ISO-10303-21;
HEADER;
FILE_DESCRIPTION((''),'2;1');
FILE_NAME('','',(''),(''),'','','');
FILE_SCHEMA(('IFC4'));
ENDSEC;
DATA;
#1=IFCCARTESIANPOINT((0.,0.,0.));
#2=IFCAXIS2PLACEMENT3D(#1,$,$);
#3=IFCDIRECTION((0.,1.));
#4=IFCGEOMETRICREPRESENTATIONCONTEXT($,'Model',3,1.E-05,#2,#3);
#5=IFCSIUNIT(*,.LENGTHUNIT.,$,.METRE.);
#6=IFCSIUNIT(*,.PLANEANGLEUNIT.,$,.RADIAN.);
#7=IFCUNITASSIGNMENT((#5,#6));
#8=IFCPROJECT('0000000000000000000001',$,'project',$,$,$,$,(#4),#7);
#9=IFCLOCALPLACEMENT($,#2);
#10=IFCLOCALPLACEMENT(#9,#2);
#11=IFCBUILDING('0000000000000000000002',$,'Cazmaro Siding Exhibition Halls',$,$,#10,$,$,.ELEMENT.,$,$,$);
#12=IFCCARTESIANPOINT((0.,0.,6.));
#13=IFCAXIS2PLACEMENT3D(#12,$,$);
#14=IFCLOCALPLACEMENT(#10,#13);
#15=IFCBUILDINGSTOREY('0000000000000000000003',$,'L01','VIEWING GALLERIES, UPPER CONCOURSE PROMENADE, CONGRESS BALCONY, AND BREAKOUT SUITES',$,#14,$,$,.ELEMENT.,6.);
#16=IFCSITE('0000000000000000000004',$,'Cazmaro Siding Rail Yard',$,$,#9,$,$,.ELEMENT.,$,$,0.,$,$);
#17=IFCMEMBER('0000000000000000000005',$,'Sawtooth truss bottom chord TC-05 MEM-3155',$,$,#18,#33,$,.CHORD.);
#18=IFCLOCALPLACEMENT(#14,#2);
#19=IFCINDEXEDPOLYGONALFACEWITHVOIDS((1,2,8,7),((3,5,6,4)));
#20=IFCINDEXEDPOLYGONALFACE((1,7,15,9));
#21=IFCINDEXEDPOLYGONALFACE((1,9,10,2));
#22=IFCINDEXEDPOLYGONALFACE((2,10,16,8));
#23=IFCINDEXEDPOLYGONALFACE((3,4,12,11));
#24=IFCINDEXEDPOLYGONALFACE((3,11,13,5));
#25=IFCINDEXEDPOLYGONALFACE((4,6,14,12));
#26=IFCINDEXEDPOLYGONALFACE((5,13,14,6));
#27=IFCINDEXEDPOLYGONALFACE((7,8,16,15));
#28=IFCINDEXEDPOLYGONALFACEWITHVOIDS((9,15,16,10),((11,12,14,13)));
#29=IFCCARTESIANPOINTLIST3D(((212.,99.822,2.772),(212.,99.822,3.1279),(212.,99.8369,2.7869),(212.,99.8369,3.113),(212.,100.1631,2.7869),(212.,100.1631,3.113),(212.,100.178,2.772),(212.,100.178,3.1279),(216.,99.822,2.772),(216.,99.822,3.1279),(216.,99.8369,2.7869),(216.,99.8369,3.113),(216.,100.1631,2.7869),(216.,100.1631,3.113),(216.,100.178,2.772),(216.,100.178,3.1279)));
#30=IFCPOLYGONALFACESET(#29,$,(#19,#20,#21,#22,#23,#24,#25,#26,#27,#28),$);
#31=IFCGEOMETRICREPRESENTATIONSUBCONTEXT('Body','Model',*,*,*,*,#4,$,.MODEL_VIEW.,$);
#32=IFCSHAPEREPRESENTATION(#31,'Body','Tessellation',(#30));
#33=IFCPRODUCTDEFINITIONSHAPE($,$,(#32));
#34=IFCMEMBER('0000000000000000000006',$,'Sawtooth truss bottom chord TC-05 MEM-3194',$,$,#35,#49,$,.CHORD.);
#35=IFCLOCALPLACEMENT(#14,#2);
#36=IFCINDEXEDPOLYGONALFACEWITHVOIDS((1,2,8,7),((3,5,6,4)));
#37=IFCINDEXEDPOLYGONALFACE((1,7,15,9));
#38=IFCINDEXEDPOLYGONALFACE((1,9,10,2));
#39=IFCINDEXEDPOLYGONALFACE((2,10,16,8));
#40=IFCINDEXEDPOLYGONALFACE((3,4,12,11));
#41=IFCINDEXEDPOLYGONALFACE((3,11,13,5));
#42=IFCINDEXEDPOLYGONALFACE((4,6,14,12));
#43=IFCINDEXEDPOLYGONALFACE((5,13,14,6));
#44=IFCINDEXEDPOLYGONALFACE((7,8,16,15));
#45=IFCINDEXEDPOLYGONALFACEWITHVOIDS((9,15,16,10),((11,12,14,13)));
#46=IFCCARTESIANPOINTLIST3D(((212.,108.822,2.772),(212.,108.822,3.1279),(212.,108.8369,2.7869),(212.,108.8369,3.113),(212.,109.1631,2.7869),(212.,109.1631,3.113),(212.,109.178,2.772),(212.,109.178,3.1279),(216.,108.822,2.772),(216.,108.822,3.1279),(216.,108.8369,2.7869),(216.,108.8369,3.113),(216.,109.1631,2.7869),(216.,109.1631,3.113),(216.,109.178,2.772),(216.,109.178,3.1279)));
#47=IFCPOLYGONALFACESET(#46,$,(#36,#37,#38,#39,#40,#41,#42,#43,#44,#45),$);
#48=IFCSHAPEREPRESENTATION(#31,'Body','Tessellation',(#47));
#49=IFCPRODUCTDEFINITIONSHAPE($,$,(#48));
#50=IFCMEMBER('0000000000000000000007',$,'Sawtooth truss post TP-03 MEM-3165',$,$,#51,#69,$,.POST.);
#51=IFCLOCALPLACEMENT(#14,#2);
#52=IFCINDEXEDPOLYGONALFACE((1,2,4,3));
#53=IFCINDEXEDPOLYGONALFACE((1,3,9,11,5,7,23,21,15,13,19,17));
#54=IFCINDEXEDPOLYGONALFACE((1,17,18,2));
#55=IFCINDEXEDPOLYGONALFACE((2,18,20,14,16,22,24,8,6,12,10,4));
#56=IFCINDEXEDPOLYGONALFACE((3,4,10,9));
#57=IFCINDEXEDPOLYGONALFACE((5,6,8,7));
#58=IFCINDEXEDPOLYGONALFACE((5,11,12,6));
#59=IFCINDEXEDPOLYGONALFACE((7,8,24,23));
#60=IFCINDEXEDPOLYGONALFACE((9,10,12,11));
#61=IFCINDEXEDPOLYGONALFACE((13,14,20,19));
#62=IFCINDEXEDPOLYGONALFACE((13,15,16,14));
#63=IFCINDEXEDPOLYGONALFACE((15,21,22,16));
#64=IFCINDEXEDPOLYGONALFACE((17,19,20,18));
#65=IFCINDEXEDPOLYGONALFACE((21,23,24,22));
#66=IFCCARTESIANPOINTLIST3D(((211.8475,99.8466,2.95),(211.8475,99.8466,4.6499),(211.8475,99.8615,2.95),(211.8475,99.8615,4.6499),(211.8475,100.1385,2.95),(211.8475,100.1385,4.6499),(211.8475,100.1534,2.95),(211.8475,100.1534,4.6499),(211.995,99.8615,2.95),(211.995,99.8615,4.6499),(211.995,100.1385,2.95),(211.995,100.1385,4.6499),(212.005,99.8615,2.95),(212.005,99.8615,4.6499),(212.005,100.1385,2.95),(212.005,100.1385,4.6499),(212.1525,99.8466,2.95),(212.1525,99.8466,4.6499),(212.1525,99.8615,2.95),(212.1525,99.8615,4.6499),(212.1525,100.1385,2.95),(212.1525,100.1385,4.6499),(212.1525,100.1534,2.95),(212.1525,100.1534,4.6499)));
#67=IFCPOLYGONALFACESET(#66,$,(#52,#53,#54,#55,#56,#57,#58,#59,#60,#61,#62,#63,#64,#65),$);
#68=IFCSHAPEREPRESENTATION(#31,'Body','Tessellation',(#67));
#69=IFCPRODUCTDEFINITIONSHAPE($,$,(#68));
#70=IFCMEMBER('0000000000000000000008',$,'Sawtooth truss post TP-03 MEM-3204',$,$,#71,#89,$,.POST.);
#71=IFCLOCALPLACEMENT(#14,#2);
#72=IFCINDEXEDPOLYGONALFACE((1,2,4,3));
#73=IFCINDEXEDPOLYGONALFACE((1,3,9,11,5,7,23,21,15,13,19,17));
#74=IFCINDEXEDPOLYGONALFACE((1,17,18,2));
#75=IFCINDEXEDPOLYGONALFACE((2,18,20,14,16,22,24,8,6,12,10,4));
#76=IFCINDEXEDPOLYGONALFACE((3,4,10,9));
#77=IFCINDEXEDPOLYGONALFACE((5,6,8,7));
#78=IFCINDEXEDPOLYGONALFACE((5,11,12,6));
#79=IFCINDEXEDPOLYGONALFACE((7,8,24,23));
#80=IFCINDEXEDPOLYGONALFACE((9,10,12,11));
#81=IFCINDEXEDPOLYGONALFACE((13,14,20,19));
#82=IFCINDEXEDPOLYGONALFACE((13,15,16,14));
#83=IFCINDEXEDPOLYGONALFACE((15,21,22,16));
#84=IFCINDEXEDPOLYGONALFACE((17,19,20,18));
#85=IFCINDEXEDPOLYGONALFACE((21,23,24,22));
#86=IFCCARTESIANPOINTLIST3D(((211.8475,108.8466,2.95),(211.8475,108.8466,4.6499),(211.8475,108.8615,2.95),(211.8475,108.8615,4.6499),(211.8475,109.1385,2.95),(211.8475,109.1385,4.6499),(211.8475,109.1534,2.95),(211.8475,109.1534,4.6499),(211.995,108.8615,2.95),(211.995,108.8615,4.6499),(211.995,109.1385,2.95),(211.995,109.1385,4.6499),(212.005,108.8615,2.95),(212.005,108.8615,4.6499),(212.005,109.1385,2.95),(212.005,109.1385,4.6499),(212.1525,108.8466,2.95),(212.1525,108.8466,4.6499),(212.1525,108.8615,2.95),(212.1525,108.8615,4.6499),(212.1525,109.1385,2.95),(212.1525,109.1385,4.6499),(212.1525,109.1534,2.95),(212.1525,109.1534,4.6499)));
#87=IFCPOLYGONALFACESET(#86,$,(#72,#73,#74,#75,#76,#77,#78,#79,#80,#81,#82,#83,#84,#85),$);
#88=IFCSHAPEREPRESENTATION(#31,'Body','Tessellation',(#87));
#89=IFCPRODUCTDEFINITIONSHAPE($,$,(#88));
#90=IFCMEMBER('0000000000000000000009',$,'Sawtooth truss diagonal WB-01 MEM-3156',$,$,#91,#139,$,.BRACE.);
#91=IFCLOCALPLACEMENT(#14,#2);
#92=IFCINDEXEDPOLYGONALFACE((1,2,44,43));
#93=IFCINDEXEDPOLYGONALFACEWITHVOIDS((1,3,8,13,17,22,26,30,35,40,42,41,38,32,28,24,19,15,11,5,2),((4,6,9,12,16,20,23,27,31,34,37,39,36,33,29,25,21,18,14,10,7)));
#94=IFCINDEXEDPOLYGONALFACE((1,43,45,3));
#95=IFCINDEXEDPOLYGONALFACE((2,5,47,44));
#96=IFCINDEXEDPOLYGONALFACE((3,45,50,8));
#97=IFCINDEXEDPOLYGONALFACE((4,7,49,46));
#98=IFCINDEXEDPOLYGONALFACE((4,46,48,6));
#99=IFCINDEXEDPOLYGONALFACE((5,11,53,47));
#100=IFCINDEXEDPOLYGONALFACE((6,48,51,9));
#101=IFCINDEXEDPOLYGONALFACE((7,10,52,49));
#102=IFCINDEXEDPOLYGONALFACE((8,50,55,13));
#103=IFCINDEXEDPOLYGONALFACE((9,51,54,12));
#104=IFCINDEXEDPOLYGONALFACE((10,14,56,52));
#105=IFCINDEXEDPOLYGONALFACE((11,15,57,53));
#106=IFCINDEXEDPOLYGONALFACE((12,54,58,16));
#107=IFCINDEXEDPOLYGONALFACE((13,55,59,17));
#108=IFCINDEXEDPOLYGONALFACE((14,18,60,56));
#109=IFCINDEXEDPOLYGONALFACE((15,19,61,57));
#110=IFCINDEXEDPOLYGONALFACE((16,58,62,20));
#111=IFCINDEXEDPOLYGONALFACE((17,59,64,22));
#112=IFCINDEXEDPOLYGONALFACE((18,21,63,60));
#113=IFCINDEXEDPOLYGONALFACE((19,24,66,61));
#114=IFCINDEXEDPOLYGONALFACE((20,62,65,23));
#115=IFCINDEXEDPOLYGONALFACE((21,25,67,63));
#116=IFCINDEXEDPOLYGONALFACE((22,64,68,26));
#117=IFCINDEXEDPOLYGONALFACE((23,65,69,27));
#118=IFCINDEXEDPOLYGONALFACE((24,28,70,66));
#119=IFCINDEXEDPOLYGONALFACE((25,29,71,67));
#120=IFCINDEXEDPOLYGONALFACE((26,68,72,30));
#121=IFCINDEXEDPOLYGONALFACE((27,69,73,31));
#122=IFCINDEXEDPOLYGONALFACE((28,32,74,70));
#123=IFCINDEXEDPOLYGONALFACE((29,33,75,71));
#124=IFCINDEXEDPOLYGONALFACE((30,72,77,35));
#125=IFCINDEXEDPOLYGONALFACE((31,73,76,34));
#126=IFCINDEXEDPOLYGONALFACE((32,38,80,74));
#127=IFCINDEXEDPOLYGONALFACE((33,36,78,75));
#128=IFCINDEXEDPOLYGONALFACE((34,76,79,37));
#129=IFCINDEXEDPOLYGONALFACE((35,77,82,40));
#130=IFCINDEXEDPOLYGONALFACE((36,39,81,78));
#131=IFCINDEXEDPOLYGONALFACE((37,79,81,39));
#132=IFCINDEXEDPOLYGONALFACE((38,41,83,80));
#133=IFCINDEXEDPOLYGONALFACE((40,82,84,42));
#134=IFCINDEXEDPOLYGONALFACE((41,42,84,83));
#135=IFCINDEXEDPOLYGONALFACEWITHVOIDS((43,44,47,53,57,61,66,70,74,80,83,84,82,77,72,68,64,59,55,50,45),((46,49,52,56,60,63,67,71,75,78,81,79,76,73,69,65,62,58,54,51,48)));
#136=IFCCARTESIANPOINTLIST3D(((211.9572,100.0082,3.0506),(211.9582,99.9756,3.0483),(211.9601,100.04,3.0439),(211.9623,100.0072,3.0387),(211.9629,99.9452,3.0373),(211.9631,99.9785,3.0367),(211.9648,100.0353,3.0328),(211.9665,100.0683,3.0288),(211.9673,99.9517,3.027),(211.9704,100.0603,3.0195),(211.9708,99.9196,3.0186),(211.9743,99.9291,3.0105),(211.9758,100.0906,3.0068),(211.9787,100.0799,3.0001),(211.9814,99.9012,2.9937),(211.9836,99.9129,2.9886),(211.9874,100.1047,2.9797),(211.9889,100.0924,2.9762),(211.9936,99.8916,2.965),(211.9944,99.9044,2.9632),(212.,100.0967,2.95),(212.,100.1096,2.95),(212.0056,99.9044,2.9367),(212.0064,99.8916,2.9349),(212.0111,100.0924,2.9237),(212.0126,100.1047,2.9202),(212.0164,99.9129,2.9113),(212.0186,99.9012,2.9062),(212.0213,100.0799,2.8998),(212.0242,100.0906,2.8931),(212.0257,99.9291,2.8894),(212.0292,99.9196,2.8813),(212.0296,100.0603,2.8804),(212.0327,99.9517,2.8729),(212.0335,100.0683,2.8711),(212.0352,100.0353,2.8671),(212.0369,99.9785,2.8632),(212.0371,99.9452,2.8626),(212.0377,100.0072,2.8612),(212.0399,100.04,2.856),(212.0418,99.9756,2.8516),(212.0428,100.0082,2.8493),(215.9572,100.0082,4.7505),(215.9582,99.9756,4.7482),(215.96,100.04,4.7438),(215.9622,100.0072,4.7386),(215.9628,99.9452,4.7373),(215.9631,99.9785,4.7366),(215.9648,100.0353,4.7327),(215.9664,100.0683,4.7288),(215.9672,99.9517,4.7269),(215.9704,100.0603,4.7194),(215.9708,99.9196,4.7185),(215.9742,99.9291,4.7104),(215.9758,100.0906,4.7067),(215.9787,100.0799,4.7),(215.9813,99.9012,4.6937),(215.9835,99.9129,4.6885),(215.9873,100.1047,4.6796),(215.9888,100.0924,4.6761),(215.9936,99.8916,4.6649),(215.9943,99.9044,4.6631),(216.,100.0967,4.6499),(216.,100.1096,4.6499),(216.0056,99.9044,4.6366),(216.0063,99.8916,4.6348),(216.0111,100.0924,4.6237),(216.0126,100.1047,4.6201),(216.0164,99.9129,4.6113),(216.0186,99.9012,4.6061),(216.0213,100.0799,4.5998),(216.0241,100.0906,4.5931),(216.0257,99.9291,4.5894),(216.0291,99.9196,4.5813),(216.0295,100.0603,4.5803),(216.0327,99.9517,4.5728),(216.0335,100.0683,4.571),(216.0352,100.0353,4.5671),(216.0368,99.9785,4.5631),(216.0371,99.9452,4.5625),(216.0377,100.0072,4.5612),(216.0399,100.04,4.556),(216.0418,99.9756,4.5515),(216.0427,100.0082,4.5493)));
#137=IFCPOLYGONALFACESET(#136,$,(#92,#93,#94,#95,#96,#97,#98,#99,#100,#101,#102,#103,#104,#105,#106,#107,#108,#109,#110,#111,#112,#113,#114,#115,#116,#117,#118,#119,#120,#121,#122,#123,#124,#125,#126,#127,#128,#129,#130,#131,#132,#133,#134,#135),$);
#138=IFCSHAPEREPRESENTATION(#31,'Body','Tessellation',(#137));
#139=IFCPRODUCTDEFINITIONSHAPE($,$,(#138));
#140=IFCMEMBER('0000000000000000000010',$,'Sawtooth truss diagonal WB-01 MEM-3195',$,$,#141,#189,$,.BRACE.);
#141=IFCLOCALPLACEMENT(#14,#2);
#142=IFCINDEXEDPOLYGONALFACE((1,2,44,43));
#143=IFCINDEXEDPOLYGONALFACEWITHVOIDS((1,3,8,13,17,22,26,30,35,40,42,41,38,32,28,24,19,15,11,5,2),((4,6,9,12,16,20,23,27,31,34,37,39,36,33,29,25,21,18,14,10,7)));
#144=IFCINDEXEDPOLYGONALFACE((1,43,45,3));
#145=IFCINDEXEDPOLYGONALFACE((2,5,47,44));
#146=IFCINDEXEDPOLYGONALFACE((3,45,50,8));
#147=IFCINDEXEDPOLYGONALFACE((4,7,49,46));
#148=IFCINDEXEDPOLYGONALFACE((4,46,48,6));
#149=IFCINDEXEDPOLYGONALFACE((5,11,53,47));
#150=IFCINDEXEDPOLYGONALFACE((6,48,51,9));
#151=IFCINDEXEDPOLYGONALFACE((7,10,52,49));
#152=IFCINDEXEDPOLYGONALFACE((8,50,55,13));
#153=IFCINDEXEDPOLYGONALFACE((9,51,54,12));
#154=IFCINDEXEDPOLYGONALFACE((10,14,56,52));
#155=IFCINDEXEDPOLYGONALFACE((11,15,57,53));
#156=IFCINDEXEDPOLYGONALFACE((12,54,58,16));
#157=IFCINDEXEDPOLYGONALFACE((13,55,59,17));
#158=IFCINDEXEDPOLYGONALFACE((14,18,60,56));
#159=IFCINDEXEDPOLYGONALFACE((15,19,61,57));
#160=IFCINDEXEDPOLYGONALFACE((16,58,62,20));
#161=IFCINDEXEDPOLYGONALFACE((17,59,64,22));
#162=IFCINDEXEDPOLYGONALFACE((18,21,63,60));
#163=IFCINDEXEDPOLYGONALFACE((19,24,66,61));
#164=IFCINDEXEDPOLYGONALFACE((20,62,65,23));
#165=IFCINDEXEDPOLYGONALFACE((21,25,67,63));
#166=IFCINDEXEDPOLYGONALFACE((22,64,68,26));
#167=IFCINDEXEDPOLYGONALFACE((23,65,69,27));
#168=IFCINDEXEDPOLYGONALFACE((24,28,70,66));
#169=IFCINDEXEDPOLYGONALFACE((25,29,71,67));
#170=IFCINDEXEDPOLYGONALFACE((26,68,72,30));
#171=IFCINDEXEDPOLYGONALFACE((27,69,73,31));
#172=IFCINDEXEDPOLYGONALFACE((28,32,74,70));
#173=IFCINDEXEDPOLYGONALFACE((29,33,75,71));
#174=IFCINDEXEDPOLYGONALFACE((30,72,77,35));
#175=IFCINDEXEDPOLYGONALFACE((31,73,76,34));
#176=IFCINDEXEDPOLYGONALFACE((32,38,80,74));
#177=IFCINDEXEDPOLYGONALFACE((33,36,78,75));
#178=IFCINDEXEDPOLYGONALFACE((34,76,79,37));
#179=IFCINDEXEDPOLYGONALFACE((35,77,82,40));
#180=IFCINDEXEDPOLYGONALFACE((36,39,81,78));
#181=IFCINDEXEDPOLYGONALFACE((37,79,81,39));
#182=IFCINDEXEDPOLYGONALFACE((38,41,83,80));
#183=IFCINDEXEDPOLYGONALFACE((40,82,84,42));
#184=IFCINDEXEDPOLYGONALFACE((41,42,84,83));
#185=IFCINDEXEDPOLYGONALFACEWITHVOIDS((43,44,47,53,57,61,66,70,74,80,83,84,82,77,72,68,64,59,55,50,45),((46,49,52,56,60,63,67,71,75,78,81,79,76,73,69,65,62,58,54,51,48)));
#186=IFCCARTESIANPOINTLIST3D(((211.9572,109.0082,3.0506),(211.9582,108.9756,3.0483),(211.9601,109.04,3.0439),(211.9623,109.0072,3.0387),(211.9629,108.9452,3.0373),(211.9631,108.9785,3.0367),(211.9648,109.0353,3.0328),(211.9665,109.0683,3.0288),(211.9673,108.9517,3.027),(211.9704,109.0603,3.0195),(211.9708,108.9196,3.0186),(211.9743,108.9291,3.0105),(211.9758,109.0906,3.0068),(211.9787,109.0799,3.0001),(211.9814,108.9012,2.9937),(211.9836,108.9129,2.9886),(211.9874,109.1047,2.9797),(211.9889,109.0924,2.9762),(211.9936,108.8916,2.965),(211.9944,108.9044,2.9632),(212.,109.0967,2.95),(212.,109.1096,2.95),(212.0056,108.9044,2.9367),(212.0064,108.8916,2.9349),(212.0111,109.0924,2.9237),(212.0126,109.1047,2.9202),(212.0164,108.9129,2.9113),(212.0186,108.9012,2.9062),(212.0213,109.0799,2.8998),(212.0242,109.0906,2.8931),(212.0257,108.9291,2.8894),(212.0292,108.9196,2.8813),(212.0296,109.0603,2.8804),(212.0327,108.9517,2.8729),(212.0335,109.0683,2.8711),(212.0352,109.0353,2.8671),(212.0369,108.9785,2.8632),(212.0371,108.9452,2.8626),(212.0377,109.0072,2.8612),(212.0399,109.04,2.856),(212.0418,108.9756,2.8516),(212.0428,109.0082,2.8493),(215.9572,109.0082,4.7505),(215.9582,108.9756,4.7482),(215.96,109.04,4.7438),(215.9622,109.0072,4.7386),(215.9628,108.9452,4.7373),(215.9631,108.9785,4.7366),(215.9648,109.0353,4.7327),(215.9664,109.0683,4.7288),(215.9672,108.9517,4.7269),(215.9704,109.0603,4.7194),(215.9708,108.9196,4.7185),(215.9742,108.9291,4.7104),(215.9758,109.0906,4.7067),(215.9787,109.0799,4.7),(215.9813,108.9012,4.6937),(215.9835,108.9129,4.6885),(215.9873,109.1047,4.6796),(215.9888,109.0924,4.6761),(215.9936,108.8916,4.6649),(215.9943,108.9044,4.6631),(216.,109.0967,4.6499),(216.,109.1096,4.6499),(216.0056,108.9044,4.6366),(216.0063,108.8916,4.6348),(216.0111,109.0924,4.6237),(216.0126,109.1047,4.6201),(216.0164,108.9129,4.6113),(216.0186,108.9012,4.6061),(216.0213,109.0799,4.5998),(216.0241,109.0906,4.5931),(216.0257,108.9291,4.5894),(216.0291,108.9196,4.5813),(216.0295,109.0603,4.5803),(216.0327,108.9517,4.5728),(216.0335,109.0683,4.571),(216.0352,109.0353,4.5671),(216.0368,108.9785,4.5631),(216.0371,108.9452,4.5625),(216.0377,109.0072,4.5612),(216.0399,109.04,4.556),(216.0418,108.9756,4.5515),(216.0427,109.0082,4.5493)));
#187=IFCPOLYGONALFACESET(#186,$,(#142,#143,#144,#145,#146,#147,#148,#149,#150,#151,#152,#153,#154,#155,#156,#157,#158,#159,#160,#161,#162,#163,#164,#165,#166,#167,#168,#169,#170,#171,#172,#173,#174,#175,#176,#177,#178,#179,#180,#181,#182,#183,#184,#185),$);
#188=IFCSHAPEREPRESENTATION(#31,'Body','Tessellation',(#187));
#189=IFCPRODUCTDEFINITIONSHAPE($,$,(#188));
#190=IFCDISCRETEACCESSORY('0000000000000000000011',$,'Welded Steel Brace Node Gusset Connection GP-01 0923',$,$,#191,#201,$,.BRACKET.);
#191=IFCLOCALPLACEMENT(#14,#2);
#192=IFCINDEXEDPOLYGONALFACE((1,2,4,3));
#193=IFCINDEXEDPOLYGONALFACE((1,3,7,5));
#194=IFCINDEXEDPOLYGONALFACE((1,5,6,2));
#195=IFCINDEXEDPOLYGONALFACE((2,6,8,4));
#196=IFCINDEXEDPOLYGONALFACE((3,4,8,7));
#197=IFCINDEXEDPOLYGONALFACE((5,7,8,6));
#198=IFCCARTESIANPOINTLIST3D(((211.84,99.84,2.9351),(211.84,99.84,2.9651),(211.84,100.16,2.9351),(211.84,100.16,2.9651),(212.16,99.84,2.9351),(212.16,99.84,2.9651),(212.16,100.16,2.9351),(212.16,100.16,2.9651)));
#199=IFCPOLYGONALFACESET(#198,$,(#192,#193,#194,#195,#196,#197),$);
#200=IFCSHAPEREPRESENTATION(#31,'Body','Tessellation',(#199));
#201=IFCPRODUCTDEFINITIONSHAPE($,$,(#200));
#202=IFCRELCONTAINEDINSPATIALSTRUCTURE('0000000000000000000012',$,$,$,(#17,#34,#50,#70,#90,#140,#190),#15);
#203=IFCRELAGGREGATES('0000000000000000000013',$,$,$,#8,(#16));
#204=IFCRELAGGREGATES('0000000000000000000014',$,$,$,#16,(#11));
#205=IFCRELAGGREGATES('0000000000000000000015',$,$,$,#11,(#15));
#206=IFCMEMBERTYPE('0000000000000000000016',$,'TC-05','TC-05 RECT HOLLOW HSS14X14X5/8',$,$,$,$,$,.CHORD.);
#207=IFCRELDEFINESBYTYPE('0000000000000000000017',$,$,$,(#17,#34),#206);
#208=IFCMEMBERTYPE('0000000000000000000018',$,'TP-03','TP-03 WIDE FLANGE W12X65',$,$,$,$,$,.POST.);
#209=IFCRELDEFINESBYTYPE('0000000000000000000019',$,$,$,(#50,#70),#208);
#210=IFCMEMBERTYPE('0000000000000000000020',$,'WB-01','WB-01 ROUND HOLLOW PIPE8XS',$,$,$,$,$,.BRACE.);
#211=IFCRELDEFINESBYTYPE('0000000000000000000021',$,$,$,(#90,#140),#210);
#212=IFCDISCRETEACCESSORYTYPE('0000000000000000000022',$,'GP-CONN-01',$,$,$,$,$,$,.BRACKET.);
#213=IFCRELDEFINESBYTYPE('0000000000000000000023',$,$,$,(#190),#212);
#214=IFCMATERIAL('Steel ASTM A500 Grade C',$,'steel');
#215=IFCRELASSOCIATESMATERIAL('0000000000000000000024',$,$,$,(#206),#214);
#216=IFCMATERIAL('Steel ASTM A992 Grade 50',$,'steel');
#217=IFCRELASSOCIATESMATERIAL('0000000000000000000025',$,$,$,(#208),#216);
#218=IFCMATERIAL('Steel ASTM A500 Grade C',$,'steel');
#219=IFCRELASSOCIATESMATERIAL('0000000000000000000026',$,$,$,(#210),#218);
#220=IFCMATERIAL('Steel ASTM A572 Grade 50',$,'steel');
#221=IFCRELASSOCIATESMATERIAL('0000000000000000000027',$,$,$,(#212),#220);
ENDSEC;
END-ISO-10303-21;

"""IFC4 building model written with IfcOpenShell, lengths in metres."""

from ifc_helpers import new_model, si_unit, direction, frame, origin, origin_2d, place, context, subcontext, project, spatial, rectangle, hollow_rectangle, hollow_circle, i_section, extrude, material, material_profile, profile_set, type_object, element, save


model = new_model("IFC4")

# Units and contexts
model_context = context("Model", 3, precision=1e-05, world=origin(), true_north=direction((0.0, 1.0)))
body_context = subcontext(model_context, "Body", "Model", "MODEL_VIEW")
ifc_project = project(units=[si_unit("LENGTHUNIT", "METRE"), si_unit("PLANEANGLEUNIT", "RADIAN")], contexts=[model_context])

# Site, building, storey
site_placement = place(None, origin())
site = spatial("IfcSite", under=ifc_project, at=site_placement, Name="Cazmaro Siding Rail Yard", CompositionType="ELEMENT", RefElevation=0.0)
building_placement = place(site_placement, origin())
building = spatial("IfcBuilding", under=site, at=building_placement, Name="Cazmaro Siding Exhibition Halls", CompositionType="ELEMENT")
storey_placement = place(building_placement, frame((0.0, 0.0, 6.0)))
storey = spatial("IfcBuildingStorey", under=building, at=storey_placement, Name="L01", Description="VIEWING GALLERIES, UPPER CONCOURSE PROMENADE, CONGRESS BALCONY, AND BREAKOUT SUITES", CompositionType="ELEMENT", Elevation=6.0)

# Members
ifc_material_1 = material(Name="Steel ASTM A500 Grade C", Category="steel")
ifc_material_profile_1 = material_profile(ifc_material_1, hollow_rectangle(XDim=0.356, YDim=0.356, WallThickness=0.0149, at=origin_2d()), Name="HSS14X14X5/8")
ifc_profile_set_1 = profile_set([ifc_material_profile_1], Name="Steel ASTM A500 Grade C")
member_type_1 = type_object("IfcMemberType", Name="TC-05", Description="TC-05 RECT HOLLOW HSS14X14X5/8", PredefinedType="CHORD", material=ifc_profile_set_1)
for number, where, z_axis, x_axis, name in (
    (1, (212.0, 100.0, 2.95), (1.0, 0.0, 0.0), (0.0, 1.0, 0.0), "Sawtooth truss bottom chord TC-05 MEM-3155"),
    (2, (212.0, 109.0, 2.95), (1.0, 0.0, 0.0), (0.0, 1.0, 0.0), "Sawtooth truss bottom chord TC-05 MEM-3194"),
):
    element("IfcMember", number, at=place(storey_placement, frame(where, z_axis=z_axis, x_axis=x_axis)), inside=storey, type_object=member_type_1, Name=name, PredefinedType="CHORD", context=body_context, shape_type="SweptSolid", body=[
        extrude(hollow_rectangle(XDim=0.356, YDim=0.356, WallThickness=0.0149, at=origin_2d()), origin(), (0.0, 0.0, 1.0), 4.0),
    ])
ifc_material_2 = material(Name="Steel ASTM A992 Grade 50", Category="steel")
ifc_material_profile_2 = material_profile(ifc_material_2, i_section(OverallWidth=0.3049, OverallDepth=0.3069, WebThickness=0.01, FlangeThickness=0.0149, at=origin_2d()), Name="W12X65")
ifc_profile_set_2 = profile_set([ifc_material_profile_2], Name="Steel ASTM A992 Grade 50")
member_type_2 = type_object("IfcMemberType", Name="TP-03", Description="TP-03 WIDE FLANGE W12X65", PredefinedType="POST", material=ifc_profile_set_2)
for number, where, z_axis, x_axis, name in (
    (3, (212.0, 100.0, 2.95), (0.0, 0.0, 1.0), (1.0, 0.0, 0.0), "Sawtooth truss post TP-03 MEM-3165"),
    (4, (212.0, 109.0, 2.95), (0.0, 0.0, 1.0), (1.0, 0.0, 0.0), "Sawtooth truss post TP-03 MEM-3204"),
):
    element("IfcMember", number, at=place(storey_placement, frame(where, z_axis=z_axis, x_axis=x_axis)), inside=storey, type_object=member_type_2, Name=name, PredefinedType="POST", context=body_context, shape_type="SweptSolid", body=[
        extrude(i_section(OverallWidth=0.3049, OverallDepth=0.3069, WebThickness=0.01, FlangeThickness=0.0149, at=origin_2d()), origin(), (0.0, 0.0, 1.0), 1.7),
    ])
ifc_material_3 = material(Name="Steel ASTM A500 Grade C", Category="steel")
ifc_material_profile_3 = material_profile(ifc_material_3, hollow_circle(Radius=0.1096, WallThickness=0.0129, at=origin_2d()), Name="PIPE8XS")
ifc_profile_set_3 = profile_set([ifc_material_profile_3], Name="Steel ASTM A500 Grade C")
member_type_3 = type_object("IfcMemberType", Name="WB-01", Description="WB-01 ROUND HOLLOW PIPE8XS", PredefinedType="BRACE", material=ifc_profile_set_3)
for number, where, z_axis, x_axis, name in (
    (5, (212.0, 100.0, 2.95), (0.920335, 0.0, 0.391131), (0.0, 1.0, 0.0), "Sawtooth truss diagonal WB-01 MEM-3156"),
    (6, (212.0, 109.0, 2.95), (0.920335, 0.0, 0.391131), (0.0, 1.0, 0.0), "Sawtooth truss diagonal WB-01 MEM-3195"),
):
    element("IfcMember", number, at=place(storey_placement, frame(where, z_axis=z_axis, x_axis=x_axis)), inside=storey, type_object=member_type_3, Name=name, PredefinedType="BRACE", context=body_context, shape_type="SweptSolid", body=[
        extrude(hollow_circle(Radius=0.1096, WallThickness=0.0129, at=origin_2d()), origin(), (0.0, 0.0, 1.0), 4.3462),
    ])

# Discrete accessory
ifc_material_4 = material(Name="Steel ASTM A572 Grade 50", Category="steel")
discrete_accessory_type = type_object("IfcDiscreteAccessoryType", Name="GP-CONN-01", PredefinedType="BRACKET", material=ifc_material_4)
for number, where, z_axis, x_axis, name in (
    (7, (212.0, 100.0, 2.9351), (0.0, 0.0, 1.0), (1.0, 0.0, 0.0), "Welded Steel Brace Node Gusset Connection GP-01 0923"),
):
    element("IfcDiscreteAccessory", number, at=place(storey_placement, frame(where, z_axis=z_axis, x_axis=x_axis)), inside=storey, type_object=discrete_accessory_type, Name=name, PredefinedType="BRACKET", context=body_context, shape_type="SweptSolid", body=[
        extrude(rectangle(XDim=0.3201, YDim=0.3201, at=origin_2d()), origin(), (0.0, 0.0, 1.0), 0.03),
    ])

save(model, "model.ifc")
